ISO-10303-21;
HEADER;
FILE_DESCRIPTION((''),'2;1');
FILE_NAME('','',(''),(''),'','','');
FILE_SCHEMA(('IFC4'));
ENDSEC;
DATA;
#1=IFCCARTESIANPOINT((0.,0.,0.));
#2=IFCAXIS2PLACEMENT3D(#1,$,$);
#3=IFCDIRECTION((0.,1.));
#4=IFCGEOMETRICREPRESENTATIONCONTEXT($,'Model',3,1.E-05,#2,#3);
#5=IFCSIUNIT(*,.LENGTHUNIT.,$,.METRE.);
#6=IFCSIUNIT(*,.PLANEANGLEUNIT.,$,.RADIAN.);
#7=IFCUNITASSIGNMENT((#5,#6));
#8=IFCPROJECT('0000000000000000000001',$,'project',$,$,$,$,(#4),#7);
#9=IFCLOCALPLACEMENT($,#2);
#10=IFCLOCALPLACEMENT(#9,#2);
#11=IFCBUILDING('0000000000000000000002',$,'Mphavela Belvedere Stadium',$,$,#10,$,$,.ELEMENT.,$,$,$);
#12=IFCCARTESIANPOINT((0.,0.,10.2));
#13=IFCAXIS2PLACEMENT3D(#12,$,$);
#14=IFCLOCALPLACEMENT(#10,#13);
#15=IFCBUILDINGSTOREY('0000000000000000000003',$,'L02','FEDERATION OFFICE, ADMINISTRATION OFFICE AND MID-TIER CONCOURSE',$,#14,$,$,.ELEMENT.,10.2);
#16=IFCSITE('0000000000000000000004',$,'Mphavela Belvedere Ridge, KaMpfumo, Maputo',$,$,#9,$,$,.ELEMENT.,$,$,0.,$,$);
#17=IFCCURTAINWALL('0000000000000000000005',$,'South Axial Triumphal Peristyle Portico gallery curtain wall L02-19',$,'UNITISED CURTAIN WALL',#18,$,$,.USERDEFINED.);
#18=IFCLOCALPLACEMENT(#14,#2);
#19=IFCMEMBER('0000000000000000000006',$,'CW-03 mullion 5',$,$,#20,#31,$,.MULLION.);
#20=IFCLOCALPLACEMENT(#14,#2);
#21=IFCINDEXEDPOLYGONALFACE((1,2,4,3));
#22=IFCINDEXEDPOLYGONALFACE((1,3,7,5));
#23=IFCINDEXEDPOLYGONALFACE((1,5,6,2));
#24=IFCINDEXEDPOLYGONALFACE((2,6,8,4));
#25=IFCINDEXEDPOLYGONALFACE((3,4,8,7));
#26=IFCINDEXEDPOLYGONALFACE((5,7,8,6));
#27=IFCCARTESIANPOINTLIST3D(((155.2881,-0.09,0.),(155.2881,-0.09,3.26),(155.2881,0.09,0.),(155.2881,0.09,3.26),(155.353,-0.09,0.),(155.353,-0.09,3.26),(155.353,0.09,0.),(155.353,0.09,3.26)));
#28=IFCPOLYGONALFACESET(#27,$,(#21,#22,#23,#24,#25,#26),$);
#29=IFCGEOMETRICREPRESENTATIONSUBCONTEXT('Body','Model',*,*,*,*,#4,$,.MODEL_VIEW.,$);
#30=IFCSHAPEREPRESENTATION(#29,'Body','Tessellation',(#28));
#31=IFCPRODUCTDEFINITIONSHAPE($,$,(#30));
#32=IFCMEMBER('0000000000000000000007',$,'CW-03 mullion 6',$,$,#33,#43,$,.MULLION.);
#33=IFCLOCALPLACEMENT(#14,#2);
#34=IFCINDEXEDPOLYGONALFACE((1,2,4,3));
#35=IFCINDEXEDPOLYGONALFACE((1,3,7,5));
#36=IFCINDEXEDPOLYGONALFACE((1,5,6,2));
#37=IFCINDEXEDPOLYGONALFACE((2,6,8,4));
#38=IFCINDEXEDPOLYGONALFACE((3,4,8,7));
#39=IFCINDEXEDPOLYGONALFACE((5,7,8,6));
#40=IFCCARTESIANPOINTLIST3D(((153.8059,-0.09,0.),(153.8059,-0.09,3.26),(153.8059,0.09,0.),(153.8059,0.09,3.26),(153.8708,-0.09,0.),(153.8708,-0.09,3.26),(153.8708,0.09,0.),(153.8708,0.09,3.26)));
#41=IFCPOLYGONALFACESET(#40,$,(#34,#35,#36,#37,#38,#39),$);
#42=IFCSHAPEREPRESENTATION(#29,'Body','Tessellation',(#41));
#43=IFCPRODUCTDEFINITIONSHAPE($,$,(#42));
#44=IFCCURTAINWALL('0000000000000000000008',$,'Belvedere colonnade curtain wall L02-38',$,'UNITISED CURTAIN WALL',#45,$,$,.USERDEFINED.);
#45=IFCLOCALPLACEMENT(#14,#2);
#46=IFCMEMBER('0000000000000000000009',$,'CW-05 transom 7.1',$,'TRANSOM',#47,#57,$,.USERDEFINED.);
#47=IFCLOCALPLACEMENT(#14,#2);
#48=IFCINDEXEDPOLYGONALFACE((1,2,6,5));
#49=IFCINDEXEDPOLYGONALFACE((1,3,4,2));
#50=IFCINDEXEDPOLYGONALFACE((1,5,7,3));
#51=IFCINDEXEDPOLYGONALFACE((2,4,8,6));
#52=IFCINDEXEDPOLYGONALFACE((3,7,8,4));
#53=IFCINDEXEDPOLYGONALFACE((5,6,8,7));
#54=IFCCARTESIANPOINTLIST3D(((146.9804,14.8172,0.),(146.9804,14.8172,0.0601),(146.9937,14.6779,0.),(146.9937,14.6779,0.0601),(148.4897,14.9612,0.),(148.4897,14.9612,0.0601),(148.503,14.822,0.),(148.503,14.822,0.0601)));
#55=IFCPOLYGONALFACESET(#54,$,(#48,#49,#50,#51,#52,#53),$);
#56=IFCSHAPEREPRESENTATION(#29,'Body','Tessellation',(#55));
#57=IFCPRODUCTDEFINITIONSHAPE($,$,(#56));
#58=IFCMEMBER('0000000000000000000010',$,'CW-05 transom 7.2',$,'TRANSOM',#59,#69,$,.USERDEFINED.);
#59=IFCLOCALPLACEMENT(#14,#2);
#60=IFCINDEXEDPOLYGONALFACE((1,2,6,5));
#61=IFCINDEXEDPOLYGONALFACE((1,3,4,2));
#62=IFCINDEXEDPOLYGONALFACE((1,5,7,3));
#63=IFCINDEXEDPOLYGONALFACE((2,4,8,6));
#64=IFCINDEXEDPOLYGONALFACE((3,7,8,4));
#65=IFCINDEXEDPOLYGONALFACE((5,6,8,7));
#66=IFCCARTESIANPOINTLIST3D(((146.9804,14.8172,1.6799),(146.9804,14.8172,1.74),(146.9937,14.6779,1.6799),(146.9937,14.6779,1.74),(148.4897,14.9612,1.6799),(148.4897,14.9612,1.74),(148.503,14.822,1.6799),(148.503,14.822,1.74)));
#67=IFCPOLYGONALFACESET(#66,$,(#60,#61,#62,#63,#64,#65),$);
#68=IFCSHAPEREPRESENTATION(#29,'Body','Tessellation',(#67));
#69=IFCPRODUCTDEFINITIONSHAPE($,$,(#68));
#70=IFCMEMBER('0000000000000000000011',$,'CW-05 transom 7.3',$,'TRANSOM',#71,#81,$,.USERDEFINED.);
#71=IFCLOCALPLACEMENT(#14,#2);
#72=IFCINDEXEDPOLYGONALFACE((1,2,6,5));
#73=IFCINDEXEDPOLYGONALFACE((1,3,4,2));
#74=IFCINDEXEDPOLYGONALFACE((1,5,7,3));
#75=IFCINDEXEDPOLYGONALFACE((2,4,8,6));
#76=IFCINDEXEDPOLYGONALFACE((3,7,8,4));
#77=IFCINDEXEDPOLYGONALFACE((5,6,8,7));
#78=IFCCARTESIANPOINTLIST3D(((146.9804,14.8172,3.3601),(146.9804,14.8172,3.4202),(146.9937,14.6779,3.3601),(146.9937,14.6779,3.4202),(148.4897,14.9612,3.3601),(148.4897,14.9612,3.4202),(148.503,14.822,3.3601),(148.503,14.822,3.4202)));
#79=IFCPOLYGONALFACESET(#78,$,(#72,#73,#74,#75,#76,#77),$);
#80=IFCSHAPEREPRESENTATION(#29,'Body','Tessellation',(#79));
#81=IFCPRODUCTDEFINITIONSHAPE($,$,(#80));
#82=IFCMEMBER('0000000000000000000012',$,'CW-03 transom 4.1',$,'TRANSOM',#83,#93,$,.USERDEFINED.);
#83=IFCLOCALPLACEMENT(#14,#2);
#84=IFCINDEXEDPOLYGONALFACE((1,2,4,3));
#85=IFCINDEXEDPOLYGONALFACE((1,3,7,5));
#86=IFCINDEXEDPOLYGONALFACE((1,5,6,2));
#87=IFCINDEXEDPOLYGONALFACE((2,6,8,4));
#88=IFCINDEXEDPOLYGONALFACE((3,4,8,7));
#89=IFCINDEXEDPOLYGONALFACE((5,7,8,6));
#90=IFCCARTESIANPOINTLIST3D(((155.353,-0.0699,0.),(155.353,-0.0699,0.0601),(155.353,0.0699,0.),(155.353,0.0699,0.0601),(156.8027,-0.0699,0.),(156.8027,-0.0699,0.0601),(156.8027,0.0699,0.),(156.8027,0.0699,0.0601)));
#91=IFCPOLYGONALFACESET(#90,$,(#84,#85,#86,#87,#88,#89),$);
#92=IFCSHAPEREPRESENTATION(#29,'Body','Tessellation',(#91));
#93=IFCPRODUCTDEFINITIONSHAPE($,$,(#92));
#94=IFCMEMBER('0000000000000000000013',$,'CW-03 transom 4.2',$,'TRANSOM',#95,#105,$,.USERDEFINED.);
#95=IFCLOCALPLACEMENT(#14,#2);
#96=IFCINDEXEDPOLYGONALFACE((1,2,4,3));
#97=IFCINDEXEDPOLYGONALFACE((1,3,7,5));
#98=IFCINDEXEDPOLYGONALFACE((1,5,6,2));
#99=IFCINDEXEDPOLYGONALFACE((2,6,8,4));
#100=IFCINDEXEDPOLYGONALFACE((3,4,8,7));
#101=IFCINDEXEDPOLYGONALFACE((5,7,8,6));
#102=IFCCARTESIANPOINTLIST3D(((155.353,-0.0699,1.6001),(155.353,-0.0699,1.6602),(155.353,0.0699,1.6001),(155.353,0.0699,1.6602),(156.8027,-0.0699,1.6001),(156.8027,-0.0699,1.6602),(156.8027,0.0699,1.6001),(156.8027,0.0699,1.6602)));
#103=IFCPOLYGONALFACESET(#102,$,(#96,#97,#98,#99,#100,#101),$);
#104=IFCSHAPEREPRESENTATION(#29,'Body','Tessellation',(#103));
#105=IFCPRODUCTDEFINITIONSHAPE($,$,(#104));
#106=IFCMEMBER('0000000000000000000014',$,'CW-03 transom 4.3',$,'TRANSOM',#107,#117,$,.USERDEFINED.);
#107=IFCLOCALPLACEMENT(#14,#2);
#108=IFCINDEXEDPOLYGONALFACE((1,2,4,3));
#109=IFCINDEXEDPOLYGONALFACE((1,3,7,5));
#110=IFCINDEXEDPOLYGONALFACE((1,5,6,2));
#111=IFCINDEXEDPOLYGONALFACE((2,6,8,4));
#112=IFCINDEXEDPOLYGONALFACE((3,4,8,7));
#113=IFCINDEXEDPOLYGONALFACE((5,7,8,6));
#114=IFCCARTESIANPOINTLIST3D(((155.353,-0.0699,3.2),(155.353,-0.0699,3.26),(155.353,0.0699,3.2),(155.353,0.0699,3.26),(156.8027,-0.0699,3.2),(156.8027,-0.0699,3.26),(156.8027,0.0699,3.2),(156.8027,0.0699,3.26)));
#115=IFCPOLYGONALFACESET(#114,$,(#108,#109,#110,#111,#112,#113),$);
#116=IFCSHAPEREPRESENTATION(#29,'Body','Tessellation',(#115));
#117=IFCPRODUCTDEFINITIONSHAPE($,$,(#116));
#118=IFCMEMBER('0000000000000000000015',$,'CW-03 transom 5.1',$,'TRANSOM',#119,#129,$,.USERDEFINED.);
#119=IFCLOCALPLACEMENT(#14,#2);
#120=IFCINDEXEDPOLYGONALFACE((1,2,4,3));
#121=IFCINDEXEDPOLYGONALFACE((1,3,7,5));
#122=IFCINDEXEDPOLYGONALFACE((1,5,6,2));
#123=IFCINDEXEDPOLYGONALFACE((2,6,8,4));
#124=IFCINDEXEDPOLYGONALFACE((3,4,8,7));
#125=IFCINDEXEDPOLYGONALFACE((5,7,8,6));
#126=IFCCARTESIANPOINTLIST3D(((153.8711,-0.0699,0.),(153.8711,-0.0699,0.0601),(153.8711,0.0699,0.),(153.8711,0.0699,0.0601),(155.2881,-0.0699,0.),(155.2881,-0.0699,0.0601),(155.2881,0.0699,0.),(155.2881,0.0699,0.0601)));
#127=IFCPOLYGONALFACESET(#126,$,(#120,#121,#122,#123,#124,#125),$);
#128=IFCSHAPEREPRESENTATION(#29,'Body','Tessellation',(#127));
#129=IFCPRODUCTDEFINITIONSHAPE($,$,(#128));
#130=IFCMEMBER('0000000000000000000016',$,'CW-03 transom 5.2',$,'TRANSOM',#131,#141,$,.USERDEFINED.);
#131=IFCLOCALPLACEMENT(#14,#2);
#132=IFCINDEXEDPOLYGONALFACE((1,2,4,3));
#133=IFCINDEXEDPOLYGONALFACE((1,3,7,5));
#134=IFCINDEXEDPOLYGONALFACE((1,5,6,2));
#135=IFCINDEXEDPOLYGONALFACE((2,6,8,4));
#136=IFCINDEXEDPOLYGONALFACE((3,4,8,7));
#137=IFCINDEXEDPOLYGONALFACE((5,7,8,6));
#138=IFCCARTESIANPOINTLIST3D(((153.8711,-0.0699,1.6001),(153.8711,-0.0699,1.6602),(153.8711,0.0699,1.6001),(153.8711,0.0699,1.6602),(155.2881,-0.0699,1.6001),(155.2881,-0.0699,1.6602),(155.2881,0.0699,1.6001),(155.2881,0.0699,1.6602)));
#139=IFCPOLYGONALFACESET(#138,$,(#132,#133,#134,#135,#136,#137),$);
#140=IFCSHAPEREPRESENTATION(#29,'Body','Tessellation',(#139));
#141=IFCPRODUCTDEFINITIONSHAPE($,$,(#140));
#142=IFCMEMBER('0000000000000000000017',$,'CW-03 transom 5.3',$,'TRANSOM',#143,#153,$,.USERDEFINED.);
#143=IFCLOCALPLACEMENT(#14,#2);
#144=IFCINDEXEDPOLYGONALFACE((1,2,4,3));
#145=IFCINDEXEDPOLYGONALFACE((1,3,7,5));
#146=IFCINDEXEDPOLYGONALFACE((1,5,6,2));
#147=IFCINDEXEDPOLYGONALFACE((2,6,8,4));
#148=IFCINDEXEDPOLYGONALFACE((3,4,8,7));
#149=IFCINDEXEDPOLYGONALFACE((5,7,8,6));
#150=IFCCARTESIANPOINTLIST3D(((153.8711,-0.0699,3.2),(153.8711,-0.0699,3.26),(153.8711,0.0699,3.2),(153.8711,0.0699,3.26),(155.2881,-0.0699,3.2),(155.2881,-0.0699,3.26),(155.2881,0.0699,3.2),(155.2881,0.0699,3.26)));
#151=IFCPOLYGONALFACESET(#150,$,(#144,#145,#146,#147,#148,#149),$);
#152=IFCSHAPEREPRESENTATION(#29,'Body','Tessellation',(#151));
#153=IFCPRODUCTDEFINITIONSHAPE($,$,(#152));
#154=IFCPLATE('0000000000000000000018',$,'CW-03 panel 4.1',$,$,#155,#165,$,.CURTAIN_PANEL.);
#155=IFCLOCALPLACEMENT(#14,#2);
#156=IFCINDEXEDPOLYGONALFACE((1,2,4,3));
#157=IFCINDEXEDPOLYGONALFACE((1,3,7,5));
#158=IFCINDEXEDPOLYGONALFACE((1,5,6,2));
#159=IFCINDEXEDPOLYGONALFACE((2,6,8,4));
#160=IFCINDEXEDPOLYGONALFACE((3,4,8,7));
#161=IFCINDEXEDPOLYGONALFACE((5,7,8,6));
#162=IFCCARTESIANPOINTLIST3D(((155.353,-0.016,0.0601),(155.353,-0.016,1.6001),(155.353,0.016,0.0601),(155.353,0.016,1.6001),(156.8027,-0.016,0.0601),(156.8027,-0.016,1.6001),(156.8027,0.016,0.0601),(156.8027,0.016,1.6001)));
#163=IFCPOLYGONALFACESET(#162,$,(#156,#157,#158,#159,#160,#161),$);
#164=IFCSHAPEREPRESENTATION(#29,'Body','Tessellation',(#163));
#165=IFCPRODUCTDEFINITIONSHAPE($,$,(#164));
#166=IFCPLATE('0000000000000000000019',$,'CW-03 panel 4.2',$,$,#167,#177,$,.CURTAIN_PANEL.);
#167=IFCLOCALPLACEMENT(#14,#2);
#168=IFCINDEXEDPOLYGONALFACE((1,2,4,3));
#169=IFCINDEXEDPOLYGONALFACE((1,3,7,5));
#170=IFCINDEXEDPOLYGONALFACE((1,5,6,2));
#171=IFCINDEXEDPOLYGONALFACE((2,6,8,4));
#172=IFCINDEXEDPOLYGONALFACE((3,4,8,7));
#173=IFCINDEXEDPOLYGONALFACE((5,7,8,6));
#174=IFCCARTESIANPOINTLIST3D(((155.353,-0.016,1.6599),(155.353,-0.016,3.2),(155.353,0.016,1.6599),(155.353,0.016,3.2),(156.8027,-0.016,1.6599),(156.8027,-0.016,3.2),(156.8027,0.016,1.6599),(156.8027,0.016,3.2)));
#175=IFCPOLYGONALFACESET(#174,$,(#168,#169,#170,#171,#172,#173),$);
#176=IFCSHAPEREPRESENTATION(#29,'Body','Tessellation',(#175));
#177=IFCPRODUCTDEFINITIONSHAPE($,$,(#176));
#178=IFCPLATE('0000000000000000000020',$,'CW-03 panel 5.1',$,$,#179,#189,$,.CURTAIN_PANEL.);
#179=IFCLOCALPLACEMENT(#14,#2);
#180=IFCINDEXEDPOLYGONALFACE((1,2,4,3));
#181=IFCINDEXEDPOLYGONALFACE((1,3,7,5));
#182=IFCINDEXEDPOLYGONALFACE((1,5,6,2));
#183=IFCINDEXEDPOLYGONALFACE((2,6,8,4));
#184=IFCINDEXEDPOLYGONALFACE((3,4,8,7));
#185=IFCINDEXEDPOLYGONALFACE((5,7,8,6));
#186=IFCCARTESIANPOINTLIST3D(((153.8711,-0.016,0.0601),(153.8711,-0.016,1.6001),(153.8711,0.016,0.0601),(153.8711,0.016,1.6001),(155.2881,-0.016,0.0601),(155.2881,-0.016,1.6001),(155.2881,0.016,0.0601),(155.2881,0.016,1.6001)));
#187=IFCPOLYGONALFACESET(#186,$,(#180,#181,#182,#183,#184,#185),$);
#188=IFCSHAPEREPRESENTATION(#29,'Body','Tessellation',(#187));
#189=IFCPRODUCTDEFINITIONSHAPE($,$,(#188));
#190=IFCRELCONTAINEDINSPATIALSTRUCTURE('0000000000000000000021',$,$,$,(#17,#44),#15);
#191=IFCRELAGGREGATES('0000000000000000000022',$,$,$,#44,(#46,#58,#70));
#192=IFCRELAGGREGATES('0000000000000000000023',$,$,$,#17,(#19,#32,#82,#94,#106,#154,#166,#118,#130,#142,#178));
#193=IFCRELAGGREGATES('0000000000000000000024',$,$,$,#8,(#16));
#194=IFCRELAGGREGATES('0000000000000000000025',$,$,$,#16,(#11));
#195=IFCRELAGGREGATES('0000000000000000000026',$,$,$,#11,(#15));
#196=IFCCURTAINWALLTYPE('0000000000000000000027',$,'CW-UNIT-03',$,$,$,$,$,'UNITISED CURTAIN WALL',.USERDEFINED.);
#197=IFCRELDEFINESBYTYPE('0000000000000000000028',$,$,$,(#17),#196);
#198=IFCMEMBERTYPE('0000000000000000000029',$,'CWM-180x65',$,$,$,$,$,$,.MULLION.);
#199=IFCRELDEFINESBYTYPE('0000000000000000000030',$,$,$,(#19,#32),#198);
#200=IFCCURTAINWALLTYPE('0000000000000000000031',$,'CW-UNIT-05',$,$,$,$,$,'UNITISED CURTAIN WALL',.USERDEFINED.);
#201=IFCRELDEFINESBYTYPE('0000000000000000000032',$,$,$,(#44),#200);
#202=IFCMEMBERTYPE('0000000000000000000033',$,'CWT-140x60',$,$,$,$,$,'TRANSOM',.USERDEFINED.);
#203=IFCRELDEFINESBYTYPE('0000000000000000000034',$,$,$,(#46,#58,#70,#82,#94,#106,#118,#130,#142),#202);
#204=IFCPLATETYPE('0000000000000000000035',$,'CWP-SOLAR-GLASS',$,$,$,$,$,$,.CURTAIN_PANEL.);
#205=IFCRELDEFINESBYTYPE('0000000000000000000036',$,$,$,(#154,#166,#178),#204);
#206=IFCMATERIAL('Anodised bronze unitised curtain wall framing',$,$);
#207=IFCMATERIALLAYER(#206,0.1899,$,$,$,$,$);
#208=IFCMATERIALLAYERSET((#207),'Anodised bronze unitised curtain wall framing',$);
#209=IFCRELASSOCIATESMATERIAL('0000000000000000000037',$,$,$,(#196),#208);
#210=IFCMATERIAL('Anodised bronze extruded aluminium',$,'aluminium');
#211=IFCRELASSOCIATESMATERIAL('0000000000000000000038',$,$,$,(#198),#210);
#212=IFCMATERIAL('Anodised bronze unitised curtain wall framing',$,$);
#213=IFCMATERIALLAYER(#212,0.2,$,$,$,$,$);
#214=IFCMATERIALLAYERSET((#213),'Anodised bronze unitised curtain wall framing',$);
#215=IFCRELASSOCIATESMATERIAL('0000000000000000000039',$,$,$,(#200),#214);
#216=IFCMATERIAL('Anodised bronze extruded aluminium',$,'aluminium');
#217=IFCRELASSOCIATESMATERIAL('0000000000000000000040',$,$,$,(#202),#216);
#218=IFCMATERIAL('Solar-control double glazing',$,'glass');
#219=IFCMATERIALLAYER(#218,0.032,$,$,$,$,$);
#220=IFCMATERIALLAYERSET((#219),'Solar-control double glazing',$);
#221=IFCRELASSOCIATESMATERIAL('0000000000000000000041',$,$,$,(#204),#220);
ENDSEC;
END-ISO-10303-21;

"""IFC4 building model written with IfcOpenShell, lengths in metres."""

from ifc_helpers import new_model, si_unit, direction, frame, origin, origin_2d, place, context, subcontext, project, spatial, rectangle, extrude, material, layer, layer_set, material_profile, profile_set, type_object, element, aggregate, save


model = new_model("IFC4")

# Units and contexts
model_context = context("Model", 3, precision=1e-05, world=origin(), true_north=direction((0.0, 1.0)))
body_context = subcontext(model_context, "Body", "Model", "MODEL_VIEW")
ifc_project = project(units=[si_unit("LENGTHUNIT", "METRE"), si_unit("PLANEANGLEUNIT", "RADIAN")], contexts=[model_context])

# Site, building, storey
site_placement = place(None, origin())
site = spatial("IfcSite", under=ifc_project, at=site_placement, Name="Mphavela Belvedere Ridge, KaMpfumo, Maputo", CompositionType="ELEMENT", RefElevation=0.0)
building_placement = place(site_placement, origin())
building = spatial("IfcBuilding", under=site, at=building_placement, Name="Mphavela Belvedere Stadium", CompositionType="ELEMENT")
storey_placement = place(building_placement, frame((0.0, 0.0, 10.2)))
storey = spatial("IfcBuildingStorey", under=building, at=storey_placement, Name="L02", Description="FEDERATION OFFICE, ADMINISTRATION OFFICE AND MID-TIER CONCOURSE", CompositionType="ELEMENT", Elevation=10.2)

# Curtain walls, members
ifc_material_1 = material(Name="Anodised bronze unitised curtain wall framing")
ifc_layer_1 = layer(ifc_material_1, 0.1899)
ifc_layer_set_1 = layer_set([ifc_layer_1], Name="Anodised bronze unitised curtain wall framing")
curtain_wall_type_1 = type_object("IfcCurtainWallType", Name="CW-UNIT-03", ElementType="UNITISED CURTAIN WALL", PredefinedType="USERDEFINED", material=ifc_layer_set_1)
curtain_wall_1_placement = place(storey_placement, origin())
curtain_wall_1 = element("IfcCurtainWall", 1, at=curtain_wall_1_placement, inside=storey, type_object=curtain_wall_type_1, Name="South Axial Triumphal Peristyle Portico gallery curtain wall L02-19", ObjectType="UNITISED CURTAIN WALL", PredefinedType="USERDEFINED")
ifc_material_2 = material(Name="Anodised bronze extruded aluminium", Category="aluminium")
ifc_material_profile_1 = material_profile(ifc_material_2, rectangle(XDim=0.1799, YDim=0.0649, at=origin_2d()), Name="CW-MUL 180x65")
ifc_profile_set_1 = profile_set([ifc_material_profile_1], Name="Anodised bronze extruded aluminium")
member_type_1 = type_object("IfcMemberType", Name="CWM-180x65", PredefinedType="MULLION", material=ifc_profile_set_1)
member_1_placement = place(storey_placement, frame((155.3206, 0.0, 0.0), z_axis=(0.0, 0.0, 1.0), x_axis=(0.0, -1.0, 0.0)))
member_1 = element("IfcMember", 2, at=member_1_placement, type_object=member_type_1, Name="CW-03 mullion 5", PredefinedType="MULLION", context=body_context, shape_type="SweptSolid", body=[
    extrude(rectangle(XDim=0.1799, YDim=0.0649, at=origin_2d()), origin(), (0.0, 0.0, 1.0), 3.26),
])
member_2_placement = place(storey_placement, frame((153.8384, 0.0, 0.0), z_axis=(0.0, 0.0, 1.0), x_axis=(0.0, -1.0, 0.0)))
member_2 = element("IfcMember", 3, at=member_2_placement, type_object=member_type_1, Name="CW-03 mullion 6", PredefinedType="MULLION", context=body_context, shape_type="SweptSolid", body=[
    extrude(rectangle(XDim=0.1799, YDim=0.0649, at=origin_2d()), origin(), (0.0, 0.0, 1.0), 3.26),
])
ifc_material_3 = material(Name="Anodised bronze unitised curtain wall framing")
ifc_layer_2 = layer(ifc_material_3, 0.2)
ifc_layer_set_2 = layer_set([ifc_layer_2], Name="Anodised bronze unitised curtain wall framing")
curtain_wall_type_2 = type_object("IfcCurtainWallType", Name="CW-UNIT-05", ElementType="UNITISED CURTAIN WALL", PredefinedType="USERDEFINED", material=ifc_layer_set_2)
curtain_wall_2_placement = place(storey_placement, origin())
curtain_wall_2 = element("IfcCurtainWall", 4, at=curtain_wall_2_placement, inside=storey, type_object=curtain_wall_type_2, Name="Belvedere colonnade curtain wall L02-38", ObjectType="UNITISED CURTAIN WALL", PredefinedType="USERDEFINED")
ifc_material_4 = material(Name="Anodised bronze extruded aluminium", Category="aluminium")
ifc_material_profile_2 = material_profile(ifc_material_4, rectangle(XDim=0.1399, YDim=0.0601, at=origin_2d()), Name="CW-TRN 140x60")
ifc_profile_set_2 = profile_set([ifc_material_profile_2], Name="Anodised bronze extruded aluminium")
member_type_2 = type_object("IfcMemberType", Name="CWT-140x60", ElementType="TRANSOM", PredefinedType="USERDEFINED", material=ifc_profile_set_2)
member_3_placement = place(storey_placement, frame((146.9871, 14.7476, 0.03), z_axis=(0.995477, 0.095007, 0.0), x_axis=(-0.095007, 0.995477, 0.0)))
member_3 = element("IfcMember", 5, at=member_3_placement, type_object=member_type_2, Name="CW-05 transom 7.1", ObjectType="TRANSOM", PredefinedType="USERDEFINED", context=body_context, shape_type="SweptSolid", body=[
    extrude(rectangle(XDim=0.1399, YDim=0.0601, at=origin_2d()), origin(), (0.0, 0.0, 1.0), 1.5161),
])
member_4_placement = place(storey_placement, frame((146.9871, 14.7476, 1.71), z_axis=(0.995477, 0.095007, 0.0), x_axis=(-0.095007, 0.995477, 0.0)))
member_4 = element("IfcMember", 6, at=member_4_placement, type_object=member_type_2, Name="CW-05 transom 7.2", ObjectType="TRANSOM", PredefinedType="USERDEFINED", context=body_context, shape_type="SweptSolid", body=[
    extrude(rectangle(XDim=0.1399, YDim=0.0601, at=origin_2d()), origin(), (0.0, 0.0, 1.0), 1.5161),
])
member_5_placement = place(storey_placement, frame((146.9871, 14.7476, 3.3901), z_axis=(0.995477, 0.095007, 0.0), x_axis=(-0.095007, 0.995477, 0.0)))
member_5 = element("IfcMember", 7, at=member_5_placement, type_object=member_type_2, Name="CW-05 transom 7.3", ObjectType="TRANSOM", PredefinedType="USERDEFINED", context=body_context, shape_type="SweptSolid", body=[
    extrude(rectangle(XDim=0.1399, YDim=0.0601, at=origin_2d()), origin(), (0.0, 0.0, 1.0), 1.5161),
])
aggregate(curtain_wall_2, [member_3, member_4, member_5])

# Members
member_6_placement = place(storey_placement, frame((156.8027, 0.0, 0.03), z_axis=(-1.0, 0.0, 0.0), x_axis=(0.0, -1.0, 0.0)))
member_6 = element("IfcMember", 8, at=member_6_placement, type_object=member_type_2, Name="CW-03 transom 4.1", ObjectType="TRANSOM", PredefinedType="USERDEFINED", context=body_context, shape_type="SweptSolid", body=[
    extrude(rectangle(XDim=0.1399, YDim=0.0601, at=origin_2d()), origin(), (0.0, 0.0, 1.0), 1.4497),
])
member_7_placement = place(storey_placement, frame((156.8027, 0.0, 1.6301), z_axis=(-1.0, 0.0, 0.0), x_axis=(0.0, -1.0, 0.0)))
member_7 = element("IfcMember", 9, at=member_7_placement, type_object=member_type_2, Name="CW-03 transom 4.2", ObjectType="TRANSOM", PredefinedType="USERDEFINED", context=body_context, shape_type="SweptSolid", body=[
    extrude(rectangle(XDim=0.1399, YDim=0.0601, at=origin_2d()), origin(), (0.0, 0.0, 1.0), 1.4497),
])
member_8_placement = place(storey_placement, frame((156.8027, 0.0, 3.23), z_axis=(-1.0, 0.0, 0.0), x_axis=(0.0, -1.0, 0.0)))
member_8 = element("IfcMember", 10, at=member_8_placement, type_object=member_type_2, Name="CW-03 transom 4.3", ObjectType="TRANSOM", PredefinedType="USERDEFINED", context=body_context, shape_type="SweptSolid", body=[
    extrude(rectangle(XDim=0.1399, YDim=0.0601, at=origin_2d()), origin(), (0.0, 0.0, 1.0), 1.4497),
])
member_9_placement = place(storey_placement, frame((155.2881, 0.0, 0.03), z_axis=(-1.0, 0.0, 0.0), x_axis=(0.0, -1.0, 0.0)))
member_9 = element("IfcMember", 11, at=member_9_placement, type_object=member_type_2, Name="CW-03 transom 5.1", ObjectType="TRANSOM", PredefinedType="USERDEFINED", context=body_context, shape_type="SweptSolid", body=[
    extrude(rectangle(XDim=0.1399, YDim=0.0601, at=origin_2d()), origin(), (0.0, 0.0, 1.0), 1.417),
])
member_10_placement = place(storey_placement, frame((155.2881, 0.0, 1.6301), z_axis=(-1.0, 0.0, 0.0), x_axis=(0.0, -1.0, 0.0)))
member_10 = element("IfcMember", 12, at=member_10_placement, type_object=member_type_2, Name="CW-03 transom 5.2", ObjectType="TRANSOM", PredefinedType="USERDEFINED", context=body_context, shape_type="SweptSolid", body=[
    extrude(rectangle(XDim=0.1399, YDim=0.0601, at=origin_2d()), origin(), (0.0, 0.0, 1.0), 1.417),
])
member_11_placement = place(storey_placement, frame((155.2881, 0.0, 3.23), z_axis=(-1.0, 0.0, 0.0), x_axis=(0.0, -1.0, 0.0)))
member_11 = element("IfcMember", 13, at=member_11_placement, type_object=member_type_2, Name="CW-03 transom 5.3", ObjectType="TRANSOM", PredefinedType="USERDEFINED", context=body_context, shape_type="SweptSolid", body=[
    extrude(rectangle(XDim=0.1399, YDim=0.0601, at=origin_2d()), origin(), (0.0, 0.0, 1.0), 1.417),
])

# Plates
ifc_material_5 = material(Name="Solar-control double glazing", Category="glass")
ifc_layer_3 = layer(ifc_material_5, 0.032)
ifc_layer_set_3 = layer_set([ifc_layer_3], Name="Solar-control double glazing")
plate_type = type_object("IfcPlateType", Name="CWP-SOLAR-GLASS", PredefinedType="CURTAIN_PANEL", material=ifc_layer_set_3)
plate_1_placement = place(storey_placement, frame((156.0779, 0.0, 0.0601), z_axis=(0.0, 0.0, 1.0), x_axis=(-1.0, 0.0, 0.0)))
plate_1 = element("IfcPlate", 14, at=plate_1_placement, type_object=plate_type, Name="CW-03 panel 4.1", PredefinedType="CURTAIN_PANEL", context=body_context, shape_type="SweptSolid", body=[
    extrude(rectangle(XDim=1.4497, YDim=0.032, at=origin_2d()), origin(), (0.0, 0.0, 1.0), 1.54),
])
plate_2_placement = place(storey_placement, frame((156.0779, 0.0, 1.6599), z_axis=(0.0, 0.0, 1.0), x_axis=(-1.0, 0.0, 0.0)))
plate_2 = element("IfcPlate", 15, at=plate_2_placement, type_object=plate_type, Name="CW-03 panel 4.2", PredefinedType="CURTAIN_PANEL", context=body_context, shape_type="SweptSolid", body=[
    extrude(rectangle(XDim=1.4497, YDim=0.032, at=origin_2d()), origin(), (0.0, 0.0, 1.0), 1.54),
])
plate_3_placement = place(storey_placement, frame((154.5796, 0.0, 0.0601), z_axis=(0.0, 0.0, 1.0), x_axis=(-1.0, 0.0, 0.0)))
plate_3 = element("IfcPlate", 16, at=plate_3_placement, type_object=plate_type, Name="CW-03 panel 5.1", PredefinedType="CURTAIN_PANEL", context=body_context, shape_type="SweptSolid", body=[
    extrude(rectangle(XDim=1.417, YDim=0.032, at=origin_2d()), origin(), (0.0, 0.0, 1.0), 1.54),
])
aggregate(curtain_wall_1, [member_1, member_2, member_6, member_7, member_8, plate_1, plate_2, member_9, member_10, member_11, plate_3])

save(model, "model.ifc")
